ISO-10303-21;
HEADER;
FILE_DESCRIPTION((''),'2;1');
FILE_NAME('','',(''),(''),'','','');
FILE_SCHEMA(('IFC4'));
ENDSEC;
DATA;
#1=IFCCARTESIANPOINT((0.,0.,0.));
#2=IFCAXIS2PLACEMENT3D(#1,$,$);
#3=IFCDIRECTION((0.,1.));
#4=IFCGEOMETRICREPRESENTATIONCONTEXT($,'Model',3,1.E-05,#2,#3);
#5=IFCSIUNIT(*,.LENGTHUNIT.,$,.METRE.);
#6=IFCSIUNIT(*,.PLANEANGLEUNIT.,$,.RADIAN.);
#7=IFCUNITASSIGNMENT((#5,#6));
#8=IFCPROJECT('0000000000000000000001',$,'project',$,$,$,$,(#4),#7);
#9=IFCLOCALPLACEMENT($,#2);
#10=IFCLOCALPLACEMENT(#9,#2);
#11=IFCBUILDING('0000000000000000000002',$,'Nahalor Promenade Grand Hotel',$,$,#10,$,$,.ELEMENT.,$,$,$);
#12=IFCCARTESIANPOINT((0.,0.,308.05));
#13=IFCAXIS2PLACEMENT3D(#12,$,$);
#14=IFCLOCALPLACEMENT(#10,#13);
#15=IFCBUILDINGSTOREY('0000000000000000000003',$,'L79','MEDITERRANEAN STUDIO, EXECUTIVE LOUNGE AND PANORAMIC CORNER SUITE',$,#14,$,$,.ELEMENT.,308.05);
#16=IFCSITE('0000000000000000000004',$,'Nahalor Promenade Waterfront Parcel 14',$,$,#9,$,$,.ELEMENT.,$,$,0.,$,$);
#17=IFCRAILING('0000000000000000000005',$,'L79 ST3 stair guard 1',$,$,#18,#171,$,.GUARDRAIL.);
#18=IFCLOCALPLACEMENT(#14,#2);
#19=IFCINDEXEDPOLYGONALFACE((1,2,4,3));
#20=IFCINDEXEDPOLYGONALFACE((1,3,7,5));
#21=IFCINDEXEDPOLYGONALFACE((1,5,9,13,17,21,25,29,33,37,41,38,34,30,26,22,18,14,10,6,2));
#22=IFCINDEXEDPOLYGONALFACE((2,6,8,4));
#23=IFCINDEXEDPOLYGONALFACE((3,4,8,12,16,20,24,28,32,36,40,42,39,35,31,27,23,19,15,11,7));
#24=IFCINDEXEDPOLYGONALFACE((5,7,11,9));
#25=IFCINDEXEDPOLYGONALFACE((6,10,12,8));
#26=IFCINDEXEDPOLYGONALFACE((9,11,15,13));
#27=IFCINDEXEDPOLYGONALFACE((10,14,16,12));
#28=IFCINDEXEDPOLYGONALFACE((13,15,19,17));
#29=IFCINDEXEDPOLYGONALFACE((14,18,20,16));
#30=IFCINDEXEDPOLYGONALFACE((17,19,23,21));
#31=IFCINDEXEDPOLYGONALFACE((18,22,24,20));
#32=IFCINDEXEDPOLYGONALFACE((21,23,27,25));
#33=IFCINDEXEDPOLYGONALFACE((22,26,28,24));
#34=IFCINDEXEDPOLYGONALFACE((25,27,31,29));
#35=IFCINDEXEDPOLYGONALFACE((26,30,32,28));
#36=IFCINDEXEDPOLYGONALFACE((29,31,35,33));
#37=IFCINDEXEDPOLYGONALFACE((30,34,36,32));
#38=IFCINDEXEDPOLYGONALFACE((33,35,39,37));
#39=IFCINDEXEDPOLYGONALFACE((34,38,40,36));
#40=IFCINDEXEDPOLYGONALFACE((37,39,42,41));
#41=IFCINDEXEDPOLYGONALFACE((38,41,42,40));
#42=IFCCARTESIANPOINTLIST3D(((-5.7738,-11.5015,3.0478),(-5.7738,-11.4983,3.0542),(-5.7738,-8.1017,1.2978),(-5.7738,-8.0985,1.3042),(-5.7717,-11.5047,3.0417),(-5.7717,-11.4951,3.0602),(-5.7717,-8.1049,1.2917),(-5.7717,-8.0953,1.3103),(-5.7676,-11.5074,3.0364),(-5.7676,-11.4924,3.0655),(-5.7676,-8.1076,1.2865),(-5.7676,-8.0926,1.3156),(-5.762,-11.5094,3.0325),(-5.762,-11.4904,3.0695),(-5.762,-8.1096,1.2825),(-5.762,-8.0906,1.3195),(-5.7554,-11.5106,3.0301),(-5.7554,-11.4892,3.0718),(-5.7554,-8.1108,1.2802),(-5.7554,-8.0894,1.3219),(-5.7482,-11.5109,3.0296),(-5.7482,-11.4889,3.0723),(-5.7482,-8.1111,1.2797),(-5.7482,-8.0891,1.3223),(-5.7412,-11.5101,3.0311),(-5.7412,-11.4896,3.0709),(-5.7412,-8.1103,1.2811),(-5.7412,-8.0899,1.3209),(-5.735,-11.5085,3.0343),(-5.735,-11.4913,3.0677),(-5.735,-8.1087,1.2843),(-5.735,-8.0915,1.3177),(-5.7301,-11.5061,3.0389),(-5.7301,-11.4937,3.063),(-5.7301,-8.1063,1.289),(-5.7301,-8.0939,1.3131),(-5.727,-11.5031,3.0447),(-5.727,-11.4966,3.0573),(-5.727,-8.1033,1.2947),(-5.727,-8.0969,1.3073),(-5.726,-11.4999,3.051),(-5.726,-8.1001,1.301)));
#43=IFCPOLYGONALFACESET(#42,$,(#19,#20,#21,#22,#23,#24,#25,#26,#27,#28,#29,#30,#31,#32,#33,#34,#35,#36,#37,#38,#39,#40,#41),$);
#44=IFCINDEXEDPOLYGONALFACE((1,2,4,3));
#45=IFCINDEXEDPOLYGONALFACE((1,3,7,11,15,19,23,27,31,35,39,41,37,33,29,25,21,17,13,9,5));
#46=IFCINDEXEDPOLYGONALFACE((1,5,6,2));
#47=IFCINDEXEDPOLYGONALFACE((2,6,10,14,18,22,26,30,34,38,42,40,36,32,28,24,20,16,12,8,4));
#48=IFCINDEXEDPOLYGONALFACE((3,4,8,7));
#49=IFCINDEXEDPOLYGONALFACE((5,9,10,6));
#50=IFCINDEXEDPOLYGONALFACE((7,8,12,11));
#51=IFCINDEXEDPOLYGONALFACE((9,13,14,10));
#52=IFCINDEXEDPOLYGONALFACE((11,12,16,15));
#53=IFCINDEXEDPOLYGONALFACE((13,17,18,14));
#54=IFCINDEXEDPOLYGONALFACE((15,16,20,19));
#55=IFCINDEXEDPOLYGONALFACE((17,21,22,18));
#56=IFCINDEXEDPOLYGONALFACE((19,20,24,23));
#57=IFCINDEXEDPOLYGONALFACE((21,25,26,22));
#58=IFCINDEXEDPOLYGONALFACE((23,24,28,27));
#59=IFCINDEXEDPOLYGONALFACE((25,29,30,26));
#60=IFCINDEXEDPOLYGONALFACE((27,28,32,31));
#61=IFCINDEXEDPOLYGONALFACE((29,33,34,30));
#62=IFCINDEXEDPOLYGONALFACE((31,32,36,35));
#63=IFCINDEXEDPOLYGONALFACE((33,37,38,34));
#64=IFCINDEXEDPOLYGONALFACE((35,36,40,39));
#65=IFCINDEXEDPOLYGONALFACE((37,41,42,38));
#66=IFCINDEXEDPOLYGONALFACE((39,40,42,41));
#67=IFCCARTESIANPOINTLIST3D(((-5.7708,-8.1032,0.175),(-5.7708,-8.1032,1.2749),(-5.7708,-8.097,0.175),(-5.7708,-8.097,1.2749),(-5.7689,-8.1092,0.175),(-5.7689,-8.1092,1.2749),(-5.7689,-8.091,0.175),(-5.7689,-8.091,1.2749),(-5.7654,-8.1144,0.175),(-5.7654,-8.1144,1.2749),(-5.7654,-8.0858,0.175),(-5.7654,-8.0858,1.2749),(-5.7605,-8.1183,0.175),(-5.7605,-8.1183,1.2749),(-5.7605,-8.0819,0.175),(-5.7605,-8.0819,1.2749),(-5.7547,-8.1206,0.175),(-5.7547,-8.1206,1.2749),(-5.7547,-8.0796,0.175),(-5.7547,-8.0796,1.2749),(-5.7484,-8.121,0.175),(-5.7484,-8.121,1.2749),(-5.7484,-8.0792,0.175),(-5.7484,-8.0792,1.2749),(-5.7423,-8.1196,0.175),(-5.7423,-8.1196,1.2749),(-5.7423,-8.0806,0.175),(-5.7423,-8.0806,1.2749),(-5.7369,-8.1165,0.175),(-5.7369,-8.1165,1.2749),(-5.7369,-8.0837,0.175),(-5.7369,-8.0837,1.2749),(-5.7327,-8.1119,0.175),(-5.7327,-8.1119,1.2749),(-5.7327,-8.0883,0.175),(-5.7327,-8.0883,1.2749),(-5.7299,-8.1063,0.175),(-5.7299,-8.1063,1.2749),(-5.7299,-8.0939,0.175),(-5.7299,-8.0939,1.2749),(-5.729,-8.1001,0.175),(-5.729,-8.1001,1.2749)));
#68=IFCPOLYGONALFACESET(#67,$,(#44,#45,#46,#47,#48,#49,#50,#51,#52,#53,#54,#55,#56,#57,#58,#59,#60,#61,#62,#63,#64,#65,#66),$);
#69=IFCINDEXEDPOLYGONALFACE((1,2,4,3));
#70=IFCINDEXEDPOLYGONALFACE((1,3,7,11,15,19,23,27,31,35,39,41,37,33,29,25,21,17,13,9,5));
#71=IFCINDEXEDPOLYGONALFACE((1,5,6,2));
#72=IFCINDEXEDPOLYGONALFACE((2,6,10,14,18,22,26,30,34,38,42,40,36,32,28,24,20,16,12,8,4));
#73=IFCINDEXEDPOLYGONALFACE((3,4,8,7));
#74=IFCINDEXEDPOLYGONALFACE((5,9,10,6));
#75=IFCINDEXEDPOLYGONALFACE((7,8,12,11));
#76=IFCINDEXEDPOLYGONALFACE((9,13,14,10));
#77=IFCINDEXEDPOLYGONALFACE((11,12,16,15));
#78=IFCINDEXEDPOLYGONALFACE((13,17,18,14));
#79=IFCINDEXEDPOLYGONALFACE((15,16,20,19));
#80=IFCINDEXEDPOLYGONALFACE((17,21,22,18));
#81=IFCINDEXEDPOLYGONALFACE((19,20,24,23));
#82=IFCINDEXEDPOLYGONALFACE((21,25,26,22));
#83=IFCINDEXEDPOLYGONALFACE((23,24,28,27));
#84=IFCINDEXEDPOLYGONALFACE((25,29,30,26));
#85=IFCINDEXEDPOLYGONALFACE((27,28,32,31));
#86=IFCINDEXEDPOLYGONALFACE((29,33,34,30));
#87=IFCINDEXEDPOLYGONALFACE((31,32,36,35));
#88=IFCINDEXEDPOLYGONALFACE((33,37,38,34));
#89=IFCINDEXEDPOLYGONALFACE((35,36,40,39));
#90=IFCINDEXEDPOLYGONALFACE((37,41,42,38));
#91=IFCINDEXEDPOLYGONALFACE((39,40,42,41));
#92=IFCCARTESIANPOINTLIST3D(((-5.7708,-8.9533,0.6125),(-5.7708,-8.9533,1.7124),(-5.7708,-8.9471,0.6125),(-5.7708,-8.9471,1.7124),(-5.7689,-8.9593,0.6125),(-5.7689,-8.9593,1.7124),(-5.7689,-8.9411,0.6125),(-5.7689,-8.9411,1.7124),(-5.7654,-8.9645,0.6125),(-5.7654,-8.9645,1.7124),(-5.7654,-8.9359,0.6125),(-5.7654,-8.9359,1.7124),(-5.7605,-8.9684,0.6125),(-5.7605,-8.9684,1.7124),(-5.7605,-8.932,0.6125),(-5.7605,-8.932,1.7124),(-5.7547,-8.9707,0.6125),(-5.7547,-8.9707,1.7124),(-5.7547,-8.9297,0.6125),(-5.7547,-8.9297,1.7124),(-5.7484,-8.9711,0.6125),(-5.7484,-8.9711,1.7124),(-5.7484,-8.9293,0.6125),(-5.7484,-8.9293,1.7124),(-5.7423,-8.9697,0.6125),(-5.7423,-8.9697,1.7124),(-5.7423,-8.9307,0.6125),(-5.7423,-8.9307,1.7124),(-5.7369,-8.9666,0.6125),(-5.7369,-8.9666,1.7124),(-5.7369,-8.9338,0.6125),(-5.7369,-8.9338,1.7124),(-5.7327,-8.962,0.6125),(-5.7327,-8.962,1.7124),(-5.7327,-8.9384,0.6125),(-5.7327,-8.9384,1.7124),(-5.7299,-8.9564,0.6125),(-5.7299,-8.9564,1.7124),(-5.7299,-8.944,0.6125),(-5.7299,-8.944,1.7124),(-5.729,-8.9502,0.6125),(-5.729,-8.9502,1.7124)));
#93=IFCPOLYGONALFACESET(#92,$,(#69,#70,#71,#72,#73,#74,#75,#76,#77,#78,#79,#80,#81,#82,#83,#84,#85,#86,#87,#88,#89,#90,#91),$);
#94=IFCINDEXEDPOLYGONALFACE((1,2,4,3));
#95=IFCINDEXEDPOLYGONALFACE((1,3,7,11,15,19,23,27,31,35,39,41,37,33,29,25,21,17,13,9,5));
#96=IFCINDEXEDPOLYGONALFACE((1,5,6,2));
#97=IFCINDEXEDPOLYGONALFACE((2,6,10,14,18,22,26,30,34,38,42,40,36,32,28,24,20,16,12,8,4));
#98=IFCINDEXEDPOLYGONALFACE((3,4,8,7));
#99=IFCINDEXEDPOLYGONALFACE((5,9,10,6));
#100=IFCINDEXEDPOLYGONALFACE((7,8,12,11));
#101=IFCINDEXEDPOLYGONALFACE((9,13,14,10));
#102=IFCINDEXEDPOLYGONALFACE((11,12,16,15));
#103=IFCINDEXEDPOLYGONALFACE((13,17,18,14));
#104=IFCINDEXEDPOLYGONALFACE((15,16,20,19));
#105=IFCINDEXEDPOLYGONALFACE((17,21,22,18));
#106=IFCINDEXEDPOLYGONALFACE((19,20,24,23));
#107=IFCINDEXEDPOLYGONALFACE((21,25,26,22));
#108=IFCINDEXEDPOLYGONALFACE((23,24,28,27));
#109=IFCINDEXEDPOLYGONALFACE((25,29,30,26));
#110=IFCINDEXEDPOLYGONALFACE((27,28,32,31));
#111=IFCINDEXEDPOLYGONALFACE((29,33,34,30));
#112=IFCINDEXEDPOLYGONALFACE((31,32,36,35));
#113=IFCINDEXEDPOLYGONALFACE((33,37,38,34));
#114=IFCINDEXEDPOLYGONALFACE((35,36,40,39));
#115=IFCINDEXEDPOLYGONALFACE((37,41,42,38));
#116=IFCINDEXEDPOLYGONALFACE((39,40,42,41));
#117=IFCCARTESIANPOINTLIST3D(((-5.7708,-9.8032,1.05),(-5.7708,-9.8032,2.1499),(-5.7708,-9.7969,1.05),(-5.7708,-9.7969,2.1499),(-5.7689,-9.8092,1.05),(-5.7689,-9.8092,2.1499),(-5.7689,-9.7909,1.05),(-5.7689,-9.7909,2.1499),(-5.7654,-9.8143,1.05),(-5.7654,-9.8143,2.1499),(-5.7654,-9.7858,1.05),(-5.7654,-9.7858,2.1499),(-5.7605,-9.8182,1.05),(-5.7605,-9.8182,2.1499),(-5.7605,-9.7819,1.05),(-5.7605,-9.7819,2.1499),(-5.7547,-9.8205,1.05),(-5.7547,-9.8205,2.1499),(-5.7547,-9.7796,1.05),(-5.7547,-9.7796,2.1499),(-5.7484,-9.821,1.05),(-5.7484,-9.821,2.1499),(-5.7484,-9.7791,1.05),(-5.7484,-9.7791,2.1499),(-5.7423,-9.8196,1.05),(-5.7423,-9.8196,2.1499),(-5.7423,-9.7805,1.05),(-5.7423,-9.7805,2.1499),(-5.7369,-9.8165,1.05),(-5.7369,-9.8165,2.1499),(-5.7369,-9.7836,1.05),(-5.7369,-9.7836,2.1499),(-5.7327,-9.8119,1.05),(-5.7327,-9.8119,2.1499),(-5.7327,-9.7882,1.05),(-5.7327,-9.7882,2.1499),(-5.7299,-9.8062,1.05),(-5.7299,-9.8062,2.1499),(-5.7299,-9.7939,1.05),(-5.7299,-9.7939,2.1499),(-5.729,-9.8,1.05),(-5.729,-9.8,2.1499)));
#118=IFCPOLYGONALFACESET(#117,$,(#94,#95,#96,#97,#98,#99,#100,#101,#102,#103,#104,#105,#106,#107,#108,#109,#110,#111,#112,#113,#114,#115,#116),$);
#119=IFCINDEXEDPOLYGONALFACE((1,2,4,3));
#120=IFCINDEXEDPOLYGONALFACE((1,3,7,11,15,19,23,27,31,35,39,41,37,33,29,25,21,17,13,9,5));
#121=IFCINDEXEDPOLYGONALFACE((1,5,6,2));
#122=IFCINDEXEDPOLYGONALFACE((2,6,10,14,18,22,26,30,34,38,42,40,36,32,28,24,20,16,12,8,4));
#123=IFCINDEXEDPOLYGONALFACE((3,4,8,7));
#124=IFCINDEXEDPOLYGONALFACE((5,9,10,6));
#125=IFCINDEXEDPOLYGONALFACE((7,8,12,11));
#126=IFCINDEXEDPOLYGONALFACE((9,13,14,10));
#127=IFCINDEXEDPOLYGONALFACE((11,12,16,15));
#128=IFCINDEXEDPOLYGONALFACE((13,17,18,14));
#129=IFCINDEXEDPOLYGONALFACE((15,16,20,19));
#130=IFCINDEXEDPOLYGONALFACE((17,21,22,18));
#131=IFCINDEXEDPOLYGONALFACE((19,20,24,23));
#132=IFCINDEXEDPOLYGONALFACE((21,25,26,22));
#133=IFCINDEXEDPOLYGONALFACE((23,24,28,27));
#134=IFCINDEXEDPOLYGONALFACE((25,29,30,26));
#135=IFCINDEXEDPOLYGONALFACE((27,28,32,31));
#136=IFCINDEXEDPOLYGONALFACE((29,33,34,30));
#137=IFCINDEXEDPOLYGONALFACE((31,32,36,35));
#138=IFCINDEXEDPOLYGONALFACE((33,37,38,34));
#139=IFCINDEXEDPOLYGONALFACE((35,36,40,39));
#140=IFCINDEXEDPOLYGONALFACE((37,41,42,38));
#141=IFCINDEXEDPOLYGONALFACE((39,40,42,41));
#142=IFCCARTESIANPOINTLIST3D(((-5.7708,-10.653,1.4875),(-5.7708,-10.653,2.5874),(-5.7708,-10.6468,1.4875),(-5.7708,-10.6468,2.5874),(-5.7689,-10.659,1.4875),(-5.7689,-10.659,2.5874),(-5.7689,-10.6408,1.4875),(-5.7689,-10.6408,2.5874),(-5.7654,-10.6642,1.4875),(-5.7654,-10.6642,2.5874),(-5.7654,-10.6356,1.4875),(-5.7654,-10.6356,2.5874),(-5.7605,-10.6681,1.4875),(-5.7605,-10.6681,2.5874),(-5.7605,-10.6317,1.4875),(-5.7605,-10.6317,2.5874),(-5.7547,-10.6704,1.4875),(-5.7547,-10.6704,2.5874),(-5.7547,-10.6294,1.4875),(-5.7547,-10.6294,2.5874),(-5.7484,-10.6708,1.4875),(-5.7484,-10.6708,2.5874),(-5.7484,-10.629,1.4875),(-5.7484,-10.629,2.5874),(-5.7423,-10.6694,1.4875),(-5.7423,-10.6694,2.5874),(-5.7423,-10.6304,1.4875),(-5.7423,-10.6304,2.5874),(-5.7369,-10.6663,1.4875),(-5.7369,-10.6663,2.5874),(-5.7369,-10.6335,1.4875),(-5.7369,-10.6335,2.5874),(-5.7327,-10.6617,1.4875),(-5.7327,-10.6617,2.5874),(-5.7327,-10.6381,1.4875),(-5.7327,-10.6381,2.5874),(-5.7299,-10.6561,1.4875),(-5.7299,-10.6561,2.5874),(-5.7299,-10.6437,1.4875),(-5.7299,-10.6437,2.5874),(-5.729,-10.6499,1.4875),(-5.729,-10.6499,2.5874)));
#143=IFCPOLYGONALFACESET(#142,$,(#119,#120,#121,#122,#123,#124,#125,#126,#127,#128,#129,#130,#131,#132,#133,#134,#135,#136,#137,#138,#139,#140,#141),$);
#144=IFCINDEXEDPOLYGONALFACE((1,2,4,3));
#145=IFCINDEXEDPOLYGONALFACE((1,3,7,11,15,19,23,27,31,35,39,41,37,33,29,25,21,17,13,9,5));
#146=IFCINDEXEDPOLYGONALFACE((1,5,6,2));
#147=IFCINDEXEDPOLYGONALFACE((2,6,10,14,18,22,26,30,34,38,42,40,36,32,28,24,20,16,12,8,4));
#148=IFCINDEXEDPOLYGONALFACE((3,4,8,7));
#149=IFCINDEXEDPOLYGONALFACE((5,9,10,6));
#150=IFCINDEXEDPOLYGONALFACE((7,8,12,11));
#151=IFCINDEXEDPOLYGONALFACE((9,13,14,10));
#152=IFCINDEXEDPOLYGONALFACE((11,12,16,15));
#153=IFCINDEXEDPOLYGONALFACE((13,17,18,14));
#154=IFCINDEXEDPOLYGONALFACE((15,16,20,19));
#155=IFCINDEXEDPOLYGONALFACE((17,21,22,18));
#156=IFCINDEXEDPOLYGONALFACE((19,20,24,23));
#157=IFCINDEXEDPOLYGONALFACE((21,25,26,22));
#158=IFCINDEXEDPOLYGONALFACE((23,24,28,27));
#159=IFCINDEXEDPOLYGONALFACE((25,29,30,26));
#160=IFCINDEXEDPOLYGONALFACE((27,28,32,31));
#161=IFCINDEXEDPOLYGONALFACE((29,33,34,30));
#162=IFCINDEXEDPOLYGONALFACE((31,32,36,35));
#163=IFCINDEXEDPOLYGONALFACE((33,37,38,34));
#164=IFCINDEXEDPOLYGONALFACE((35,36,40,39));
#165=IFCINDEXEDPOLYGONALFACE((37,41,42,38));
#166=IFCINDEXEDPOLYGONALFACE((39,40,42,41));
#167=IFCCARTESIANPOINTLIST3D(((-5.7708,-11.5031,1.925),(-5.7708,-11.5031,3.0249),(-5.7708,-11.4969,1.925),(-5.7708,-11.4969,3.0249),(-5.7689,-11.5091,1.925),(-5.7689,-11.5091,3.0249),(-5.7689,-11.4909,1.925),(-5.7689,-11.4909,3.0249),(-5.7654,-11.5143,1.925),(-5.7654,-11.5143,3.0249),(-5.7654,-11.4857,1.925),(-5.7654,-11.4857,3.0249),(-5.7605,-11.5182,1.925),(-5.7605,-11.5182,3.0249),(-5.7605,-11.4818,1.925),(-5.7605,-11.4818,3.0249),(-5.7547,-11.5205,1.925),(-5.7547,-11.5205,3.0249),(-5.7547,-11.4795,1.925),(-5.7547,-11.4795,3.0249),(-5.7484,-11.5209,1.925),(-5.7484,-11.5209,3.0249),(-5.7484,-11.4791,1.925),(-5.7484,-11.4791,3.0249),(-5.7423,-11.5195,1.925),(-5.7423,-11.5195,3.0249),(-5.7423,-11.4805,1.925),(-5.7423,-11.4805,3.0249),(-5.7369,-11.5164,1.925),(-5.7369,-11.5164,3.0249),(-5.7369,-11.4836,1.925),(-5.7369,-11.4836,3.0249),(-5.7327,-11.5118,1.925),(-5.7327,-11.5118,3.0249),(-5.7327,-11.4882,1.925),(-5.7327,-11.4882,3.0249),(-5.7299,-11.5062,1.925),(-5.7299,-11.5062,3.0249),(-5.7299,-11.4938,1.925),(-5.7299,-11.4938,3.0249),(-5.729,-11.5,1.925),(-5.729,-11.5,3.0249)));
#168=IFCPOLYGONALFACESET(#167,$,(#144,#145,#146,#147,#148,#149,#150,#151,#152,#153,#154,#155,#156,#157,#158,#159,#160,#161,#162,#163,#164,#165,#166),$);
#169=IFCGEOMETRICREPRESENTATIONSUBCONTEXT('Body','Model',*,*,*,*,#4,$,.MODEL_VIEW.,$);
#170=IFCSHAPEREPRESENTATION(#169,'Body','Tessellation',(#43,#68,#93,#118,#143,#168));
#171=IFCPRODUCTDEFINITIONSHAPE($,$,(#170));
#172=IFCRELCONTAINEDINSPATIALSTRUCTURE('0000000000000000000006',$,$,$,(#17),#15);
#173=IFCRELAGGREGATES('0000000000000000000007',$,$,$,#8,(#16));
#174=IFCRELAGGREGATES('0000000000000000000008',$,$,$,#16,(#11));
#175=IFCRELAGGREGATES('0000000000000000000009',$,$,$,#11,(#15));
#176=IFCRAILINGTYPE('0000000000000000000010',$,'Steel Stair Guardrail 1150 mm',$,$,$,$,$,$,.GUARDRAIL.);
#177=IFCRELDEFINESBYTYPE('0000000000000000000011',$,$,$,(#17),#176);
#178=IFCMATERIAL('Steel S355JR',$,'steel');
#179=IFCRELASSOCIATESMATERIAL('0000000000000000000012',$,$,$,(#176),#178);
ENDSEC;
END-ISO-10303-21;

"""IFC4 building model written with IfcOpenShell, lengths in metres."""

from ifc_helpers import new_model, si_unit, direction, frame, origin, origin_2d, place, context, subcontext, project, spatial, circle, extrude, material, type_object, element, save


model = new_model("IFC4")

# Units and contexts
model_context = context("Model", 3, precision=1e-05, world=origin(), true_north=direction((0.0, 1.0)))
body_context = subcontext(model_context, "Body", "Model", "MODEL_VIEW")
ifc_project = project(units=[si_unit("LENGTHUNIT", "METRE"), si_unit("PLANEANGLEUNIT", "RADIAN")], contexts=[model_context])

# Site, building, storey
site_placement = place(None, origin())
site = spatial("IfcSite", under=ifc_project, at=site_placement, Name="Nahalor Promenade Waterfront Parcel 14", CompositionType="ELEMENT", RefElevation=0.0)
building_placement = place(site_placement, origin())
building = spatial("IfcBuilding", under=site, at=building_placement, Name="Nahalor Promenade Grand Hotel", CompositionType="ELEMENT")
storey_placement = place(building_placement, frame((0.0, 0.0, 308.05)))
storey = spatial("IfcBuildingStorey", under=building, at=storey_placement, Name="L79", Description="MEDITERRANEAN STUDIO, EXECUTIVE LOUNGE AND PANORAMIC CORNER SUITE", CompositionType="ELEMENT", Elevation=308.05)

# Shared definitions
ifc_material_1 = material(Name="Steel S355JR", Category="steel")

# Railing
railing_type_1 = type_object("IfcRailingType", Name="Steel Stair Guardrail 1150 mm", PredefinedType="GUARDRAIL", material=ifc_material_1)
railing_1_placement = place(storey_placement, frame((-5.75, -8.1001, 0.175)))
element("IfcRailing", 1, at=railing_1_placement, inside=storey, type_object=railing_type_1, Name="L79 ST3 stair guard 1", PredefinedType="GUARDRAIL", context=body_context, shape_type="SweptSolid", body=[
    extrude(circle(Radius=0.024, at=origin_2d()), frame((0.0, 0.0, 1.126), z_axis=(0.0, -0.88913, 0.457654), x_axis=(1.0, 0.0, 0.0)), (0.0, 0.0, 1.0), 3.8237),
    extrude(circle(Radius=0.021, at=origin_2d()), origin(), (0.0, 0.0, 1.0), 1.0999),
    extrude(circle(Radius=0.021, at=origin_2d()), frame((0.0, -0.8501, 0.4375)), (0.0, 0.0, 1.0), 1.0999),
    extrude(circle(Radius=0.021, at=origin_2d()), frame((0.0, -1.7, 0.875)), (0.0, 0.0, 1.0), 1.0999),
    extrude(circle(Radius=0.021, at=origin_2d()), frame((0.0, -2.5498, 1.3125)), (0.0, 0.0, 1.0), 1.0999),
    extrude(circle(Radius=0.021, at=origin_2d()), frame((0.0, -3.3999, 1.75)), (0.0, 0.0, 1.0), 1.0999),
])

save(model, "model.ifc")
